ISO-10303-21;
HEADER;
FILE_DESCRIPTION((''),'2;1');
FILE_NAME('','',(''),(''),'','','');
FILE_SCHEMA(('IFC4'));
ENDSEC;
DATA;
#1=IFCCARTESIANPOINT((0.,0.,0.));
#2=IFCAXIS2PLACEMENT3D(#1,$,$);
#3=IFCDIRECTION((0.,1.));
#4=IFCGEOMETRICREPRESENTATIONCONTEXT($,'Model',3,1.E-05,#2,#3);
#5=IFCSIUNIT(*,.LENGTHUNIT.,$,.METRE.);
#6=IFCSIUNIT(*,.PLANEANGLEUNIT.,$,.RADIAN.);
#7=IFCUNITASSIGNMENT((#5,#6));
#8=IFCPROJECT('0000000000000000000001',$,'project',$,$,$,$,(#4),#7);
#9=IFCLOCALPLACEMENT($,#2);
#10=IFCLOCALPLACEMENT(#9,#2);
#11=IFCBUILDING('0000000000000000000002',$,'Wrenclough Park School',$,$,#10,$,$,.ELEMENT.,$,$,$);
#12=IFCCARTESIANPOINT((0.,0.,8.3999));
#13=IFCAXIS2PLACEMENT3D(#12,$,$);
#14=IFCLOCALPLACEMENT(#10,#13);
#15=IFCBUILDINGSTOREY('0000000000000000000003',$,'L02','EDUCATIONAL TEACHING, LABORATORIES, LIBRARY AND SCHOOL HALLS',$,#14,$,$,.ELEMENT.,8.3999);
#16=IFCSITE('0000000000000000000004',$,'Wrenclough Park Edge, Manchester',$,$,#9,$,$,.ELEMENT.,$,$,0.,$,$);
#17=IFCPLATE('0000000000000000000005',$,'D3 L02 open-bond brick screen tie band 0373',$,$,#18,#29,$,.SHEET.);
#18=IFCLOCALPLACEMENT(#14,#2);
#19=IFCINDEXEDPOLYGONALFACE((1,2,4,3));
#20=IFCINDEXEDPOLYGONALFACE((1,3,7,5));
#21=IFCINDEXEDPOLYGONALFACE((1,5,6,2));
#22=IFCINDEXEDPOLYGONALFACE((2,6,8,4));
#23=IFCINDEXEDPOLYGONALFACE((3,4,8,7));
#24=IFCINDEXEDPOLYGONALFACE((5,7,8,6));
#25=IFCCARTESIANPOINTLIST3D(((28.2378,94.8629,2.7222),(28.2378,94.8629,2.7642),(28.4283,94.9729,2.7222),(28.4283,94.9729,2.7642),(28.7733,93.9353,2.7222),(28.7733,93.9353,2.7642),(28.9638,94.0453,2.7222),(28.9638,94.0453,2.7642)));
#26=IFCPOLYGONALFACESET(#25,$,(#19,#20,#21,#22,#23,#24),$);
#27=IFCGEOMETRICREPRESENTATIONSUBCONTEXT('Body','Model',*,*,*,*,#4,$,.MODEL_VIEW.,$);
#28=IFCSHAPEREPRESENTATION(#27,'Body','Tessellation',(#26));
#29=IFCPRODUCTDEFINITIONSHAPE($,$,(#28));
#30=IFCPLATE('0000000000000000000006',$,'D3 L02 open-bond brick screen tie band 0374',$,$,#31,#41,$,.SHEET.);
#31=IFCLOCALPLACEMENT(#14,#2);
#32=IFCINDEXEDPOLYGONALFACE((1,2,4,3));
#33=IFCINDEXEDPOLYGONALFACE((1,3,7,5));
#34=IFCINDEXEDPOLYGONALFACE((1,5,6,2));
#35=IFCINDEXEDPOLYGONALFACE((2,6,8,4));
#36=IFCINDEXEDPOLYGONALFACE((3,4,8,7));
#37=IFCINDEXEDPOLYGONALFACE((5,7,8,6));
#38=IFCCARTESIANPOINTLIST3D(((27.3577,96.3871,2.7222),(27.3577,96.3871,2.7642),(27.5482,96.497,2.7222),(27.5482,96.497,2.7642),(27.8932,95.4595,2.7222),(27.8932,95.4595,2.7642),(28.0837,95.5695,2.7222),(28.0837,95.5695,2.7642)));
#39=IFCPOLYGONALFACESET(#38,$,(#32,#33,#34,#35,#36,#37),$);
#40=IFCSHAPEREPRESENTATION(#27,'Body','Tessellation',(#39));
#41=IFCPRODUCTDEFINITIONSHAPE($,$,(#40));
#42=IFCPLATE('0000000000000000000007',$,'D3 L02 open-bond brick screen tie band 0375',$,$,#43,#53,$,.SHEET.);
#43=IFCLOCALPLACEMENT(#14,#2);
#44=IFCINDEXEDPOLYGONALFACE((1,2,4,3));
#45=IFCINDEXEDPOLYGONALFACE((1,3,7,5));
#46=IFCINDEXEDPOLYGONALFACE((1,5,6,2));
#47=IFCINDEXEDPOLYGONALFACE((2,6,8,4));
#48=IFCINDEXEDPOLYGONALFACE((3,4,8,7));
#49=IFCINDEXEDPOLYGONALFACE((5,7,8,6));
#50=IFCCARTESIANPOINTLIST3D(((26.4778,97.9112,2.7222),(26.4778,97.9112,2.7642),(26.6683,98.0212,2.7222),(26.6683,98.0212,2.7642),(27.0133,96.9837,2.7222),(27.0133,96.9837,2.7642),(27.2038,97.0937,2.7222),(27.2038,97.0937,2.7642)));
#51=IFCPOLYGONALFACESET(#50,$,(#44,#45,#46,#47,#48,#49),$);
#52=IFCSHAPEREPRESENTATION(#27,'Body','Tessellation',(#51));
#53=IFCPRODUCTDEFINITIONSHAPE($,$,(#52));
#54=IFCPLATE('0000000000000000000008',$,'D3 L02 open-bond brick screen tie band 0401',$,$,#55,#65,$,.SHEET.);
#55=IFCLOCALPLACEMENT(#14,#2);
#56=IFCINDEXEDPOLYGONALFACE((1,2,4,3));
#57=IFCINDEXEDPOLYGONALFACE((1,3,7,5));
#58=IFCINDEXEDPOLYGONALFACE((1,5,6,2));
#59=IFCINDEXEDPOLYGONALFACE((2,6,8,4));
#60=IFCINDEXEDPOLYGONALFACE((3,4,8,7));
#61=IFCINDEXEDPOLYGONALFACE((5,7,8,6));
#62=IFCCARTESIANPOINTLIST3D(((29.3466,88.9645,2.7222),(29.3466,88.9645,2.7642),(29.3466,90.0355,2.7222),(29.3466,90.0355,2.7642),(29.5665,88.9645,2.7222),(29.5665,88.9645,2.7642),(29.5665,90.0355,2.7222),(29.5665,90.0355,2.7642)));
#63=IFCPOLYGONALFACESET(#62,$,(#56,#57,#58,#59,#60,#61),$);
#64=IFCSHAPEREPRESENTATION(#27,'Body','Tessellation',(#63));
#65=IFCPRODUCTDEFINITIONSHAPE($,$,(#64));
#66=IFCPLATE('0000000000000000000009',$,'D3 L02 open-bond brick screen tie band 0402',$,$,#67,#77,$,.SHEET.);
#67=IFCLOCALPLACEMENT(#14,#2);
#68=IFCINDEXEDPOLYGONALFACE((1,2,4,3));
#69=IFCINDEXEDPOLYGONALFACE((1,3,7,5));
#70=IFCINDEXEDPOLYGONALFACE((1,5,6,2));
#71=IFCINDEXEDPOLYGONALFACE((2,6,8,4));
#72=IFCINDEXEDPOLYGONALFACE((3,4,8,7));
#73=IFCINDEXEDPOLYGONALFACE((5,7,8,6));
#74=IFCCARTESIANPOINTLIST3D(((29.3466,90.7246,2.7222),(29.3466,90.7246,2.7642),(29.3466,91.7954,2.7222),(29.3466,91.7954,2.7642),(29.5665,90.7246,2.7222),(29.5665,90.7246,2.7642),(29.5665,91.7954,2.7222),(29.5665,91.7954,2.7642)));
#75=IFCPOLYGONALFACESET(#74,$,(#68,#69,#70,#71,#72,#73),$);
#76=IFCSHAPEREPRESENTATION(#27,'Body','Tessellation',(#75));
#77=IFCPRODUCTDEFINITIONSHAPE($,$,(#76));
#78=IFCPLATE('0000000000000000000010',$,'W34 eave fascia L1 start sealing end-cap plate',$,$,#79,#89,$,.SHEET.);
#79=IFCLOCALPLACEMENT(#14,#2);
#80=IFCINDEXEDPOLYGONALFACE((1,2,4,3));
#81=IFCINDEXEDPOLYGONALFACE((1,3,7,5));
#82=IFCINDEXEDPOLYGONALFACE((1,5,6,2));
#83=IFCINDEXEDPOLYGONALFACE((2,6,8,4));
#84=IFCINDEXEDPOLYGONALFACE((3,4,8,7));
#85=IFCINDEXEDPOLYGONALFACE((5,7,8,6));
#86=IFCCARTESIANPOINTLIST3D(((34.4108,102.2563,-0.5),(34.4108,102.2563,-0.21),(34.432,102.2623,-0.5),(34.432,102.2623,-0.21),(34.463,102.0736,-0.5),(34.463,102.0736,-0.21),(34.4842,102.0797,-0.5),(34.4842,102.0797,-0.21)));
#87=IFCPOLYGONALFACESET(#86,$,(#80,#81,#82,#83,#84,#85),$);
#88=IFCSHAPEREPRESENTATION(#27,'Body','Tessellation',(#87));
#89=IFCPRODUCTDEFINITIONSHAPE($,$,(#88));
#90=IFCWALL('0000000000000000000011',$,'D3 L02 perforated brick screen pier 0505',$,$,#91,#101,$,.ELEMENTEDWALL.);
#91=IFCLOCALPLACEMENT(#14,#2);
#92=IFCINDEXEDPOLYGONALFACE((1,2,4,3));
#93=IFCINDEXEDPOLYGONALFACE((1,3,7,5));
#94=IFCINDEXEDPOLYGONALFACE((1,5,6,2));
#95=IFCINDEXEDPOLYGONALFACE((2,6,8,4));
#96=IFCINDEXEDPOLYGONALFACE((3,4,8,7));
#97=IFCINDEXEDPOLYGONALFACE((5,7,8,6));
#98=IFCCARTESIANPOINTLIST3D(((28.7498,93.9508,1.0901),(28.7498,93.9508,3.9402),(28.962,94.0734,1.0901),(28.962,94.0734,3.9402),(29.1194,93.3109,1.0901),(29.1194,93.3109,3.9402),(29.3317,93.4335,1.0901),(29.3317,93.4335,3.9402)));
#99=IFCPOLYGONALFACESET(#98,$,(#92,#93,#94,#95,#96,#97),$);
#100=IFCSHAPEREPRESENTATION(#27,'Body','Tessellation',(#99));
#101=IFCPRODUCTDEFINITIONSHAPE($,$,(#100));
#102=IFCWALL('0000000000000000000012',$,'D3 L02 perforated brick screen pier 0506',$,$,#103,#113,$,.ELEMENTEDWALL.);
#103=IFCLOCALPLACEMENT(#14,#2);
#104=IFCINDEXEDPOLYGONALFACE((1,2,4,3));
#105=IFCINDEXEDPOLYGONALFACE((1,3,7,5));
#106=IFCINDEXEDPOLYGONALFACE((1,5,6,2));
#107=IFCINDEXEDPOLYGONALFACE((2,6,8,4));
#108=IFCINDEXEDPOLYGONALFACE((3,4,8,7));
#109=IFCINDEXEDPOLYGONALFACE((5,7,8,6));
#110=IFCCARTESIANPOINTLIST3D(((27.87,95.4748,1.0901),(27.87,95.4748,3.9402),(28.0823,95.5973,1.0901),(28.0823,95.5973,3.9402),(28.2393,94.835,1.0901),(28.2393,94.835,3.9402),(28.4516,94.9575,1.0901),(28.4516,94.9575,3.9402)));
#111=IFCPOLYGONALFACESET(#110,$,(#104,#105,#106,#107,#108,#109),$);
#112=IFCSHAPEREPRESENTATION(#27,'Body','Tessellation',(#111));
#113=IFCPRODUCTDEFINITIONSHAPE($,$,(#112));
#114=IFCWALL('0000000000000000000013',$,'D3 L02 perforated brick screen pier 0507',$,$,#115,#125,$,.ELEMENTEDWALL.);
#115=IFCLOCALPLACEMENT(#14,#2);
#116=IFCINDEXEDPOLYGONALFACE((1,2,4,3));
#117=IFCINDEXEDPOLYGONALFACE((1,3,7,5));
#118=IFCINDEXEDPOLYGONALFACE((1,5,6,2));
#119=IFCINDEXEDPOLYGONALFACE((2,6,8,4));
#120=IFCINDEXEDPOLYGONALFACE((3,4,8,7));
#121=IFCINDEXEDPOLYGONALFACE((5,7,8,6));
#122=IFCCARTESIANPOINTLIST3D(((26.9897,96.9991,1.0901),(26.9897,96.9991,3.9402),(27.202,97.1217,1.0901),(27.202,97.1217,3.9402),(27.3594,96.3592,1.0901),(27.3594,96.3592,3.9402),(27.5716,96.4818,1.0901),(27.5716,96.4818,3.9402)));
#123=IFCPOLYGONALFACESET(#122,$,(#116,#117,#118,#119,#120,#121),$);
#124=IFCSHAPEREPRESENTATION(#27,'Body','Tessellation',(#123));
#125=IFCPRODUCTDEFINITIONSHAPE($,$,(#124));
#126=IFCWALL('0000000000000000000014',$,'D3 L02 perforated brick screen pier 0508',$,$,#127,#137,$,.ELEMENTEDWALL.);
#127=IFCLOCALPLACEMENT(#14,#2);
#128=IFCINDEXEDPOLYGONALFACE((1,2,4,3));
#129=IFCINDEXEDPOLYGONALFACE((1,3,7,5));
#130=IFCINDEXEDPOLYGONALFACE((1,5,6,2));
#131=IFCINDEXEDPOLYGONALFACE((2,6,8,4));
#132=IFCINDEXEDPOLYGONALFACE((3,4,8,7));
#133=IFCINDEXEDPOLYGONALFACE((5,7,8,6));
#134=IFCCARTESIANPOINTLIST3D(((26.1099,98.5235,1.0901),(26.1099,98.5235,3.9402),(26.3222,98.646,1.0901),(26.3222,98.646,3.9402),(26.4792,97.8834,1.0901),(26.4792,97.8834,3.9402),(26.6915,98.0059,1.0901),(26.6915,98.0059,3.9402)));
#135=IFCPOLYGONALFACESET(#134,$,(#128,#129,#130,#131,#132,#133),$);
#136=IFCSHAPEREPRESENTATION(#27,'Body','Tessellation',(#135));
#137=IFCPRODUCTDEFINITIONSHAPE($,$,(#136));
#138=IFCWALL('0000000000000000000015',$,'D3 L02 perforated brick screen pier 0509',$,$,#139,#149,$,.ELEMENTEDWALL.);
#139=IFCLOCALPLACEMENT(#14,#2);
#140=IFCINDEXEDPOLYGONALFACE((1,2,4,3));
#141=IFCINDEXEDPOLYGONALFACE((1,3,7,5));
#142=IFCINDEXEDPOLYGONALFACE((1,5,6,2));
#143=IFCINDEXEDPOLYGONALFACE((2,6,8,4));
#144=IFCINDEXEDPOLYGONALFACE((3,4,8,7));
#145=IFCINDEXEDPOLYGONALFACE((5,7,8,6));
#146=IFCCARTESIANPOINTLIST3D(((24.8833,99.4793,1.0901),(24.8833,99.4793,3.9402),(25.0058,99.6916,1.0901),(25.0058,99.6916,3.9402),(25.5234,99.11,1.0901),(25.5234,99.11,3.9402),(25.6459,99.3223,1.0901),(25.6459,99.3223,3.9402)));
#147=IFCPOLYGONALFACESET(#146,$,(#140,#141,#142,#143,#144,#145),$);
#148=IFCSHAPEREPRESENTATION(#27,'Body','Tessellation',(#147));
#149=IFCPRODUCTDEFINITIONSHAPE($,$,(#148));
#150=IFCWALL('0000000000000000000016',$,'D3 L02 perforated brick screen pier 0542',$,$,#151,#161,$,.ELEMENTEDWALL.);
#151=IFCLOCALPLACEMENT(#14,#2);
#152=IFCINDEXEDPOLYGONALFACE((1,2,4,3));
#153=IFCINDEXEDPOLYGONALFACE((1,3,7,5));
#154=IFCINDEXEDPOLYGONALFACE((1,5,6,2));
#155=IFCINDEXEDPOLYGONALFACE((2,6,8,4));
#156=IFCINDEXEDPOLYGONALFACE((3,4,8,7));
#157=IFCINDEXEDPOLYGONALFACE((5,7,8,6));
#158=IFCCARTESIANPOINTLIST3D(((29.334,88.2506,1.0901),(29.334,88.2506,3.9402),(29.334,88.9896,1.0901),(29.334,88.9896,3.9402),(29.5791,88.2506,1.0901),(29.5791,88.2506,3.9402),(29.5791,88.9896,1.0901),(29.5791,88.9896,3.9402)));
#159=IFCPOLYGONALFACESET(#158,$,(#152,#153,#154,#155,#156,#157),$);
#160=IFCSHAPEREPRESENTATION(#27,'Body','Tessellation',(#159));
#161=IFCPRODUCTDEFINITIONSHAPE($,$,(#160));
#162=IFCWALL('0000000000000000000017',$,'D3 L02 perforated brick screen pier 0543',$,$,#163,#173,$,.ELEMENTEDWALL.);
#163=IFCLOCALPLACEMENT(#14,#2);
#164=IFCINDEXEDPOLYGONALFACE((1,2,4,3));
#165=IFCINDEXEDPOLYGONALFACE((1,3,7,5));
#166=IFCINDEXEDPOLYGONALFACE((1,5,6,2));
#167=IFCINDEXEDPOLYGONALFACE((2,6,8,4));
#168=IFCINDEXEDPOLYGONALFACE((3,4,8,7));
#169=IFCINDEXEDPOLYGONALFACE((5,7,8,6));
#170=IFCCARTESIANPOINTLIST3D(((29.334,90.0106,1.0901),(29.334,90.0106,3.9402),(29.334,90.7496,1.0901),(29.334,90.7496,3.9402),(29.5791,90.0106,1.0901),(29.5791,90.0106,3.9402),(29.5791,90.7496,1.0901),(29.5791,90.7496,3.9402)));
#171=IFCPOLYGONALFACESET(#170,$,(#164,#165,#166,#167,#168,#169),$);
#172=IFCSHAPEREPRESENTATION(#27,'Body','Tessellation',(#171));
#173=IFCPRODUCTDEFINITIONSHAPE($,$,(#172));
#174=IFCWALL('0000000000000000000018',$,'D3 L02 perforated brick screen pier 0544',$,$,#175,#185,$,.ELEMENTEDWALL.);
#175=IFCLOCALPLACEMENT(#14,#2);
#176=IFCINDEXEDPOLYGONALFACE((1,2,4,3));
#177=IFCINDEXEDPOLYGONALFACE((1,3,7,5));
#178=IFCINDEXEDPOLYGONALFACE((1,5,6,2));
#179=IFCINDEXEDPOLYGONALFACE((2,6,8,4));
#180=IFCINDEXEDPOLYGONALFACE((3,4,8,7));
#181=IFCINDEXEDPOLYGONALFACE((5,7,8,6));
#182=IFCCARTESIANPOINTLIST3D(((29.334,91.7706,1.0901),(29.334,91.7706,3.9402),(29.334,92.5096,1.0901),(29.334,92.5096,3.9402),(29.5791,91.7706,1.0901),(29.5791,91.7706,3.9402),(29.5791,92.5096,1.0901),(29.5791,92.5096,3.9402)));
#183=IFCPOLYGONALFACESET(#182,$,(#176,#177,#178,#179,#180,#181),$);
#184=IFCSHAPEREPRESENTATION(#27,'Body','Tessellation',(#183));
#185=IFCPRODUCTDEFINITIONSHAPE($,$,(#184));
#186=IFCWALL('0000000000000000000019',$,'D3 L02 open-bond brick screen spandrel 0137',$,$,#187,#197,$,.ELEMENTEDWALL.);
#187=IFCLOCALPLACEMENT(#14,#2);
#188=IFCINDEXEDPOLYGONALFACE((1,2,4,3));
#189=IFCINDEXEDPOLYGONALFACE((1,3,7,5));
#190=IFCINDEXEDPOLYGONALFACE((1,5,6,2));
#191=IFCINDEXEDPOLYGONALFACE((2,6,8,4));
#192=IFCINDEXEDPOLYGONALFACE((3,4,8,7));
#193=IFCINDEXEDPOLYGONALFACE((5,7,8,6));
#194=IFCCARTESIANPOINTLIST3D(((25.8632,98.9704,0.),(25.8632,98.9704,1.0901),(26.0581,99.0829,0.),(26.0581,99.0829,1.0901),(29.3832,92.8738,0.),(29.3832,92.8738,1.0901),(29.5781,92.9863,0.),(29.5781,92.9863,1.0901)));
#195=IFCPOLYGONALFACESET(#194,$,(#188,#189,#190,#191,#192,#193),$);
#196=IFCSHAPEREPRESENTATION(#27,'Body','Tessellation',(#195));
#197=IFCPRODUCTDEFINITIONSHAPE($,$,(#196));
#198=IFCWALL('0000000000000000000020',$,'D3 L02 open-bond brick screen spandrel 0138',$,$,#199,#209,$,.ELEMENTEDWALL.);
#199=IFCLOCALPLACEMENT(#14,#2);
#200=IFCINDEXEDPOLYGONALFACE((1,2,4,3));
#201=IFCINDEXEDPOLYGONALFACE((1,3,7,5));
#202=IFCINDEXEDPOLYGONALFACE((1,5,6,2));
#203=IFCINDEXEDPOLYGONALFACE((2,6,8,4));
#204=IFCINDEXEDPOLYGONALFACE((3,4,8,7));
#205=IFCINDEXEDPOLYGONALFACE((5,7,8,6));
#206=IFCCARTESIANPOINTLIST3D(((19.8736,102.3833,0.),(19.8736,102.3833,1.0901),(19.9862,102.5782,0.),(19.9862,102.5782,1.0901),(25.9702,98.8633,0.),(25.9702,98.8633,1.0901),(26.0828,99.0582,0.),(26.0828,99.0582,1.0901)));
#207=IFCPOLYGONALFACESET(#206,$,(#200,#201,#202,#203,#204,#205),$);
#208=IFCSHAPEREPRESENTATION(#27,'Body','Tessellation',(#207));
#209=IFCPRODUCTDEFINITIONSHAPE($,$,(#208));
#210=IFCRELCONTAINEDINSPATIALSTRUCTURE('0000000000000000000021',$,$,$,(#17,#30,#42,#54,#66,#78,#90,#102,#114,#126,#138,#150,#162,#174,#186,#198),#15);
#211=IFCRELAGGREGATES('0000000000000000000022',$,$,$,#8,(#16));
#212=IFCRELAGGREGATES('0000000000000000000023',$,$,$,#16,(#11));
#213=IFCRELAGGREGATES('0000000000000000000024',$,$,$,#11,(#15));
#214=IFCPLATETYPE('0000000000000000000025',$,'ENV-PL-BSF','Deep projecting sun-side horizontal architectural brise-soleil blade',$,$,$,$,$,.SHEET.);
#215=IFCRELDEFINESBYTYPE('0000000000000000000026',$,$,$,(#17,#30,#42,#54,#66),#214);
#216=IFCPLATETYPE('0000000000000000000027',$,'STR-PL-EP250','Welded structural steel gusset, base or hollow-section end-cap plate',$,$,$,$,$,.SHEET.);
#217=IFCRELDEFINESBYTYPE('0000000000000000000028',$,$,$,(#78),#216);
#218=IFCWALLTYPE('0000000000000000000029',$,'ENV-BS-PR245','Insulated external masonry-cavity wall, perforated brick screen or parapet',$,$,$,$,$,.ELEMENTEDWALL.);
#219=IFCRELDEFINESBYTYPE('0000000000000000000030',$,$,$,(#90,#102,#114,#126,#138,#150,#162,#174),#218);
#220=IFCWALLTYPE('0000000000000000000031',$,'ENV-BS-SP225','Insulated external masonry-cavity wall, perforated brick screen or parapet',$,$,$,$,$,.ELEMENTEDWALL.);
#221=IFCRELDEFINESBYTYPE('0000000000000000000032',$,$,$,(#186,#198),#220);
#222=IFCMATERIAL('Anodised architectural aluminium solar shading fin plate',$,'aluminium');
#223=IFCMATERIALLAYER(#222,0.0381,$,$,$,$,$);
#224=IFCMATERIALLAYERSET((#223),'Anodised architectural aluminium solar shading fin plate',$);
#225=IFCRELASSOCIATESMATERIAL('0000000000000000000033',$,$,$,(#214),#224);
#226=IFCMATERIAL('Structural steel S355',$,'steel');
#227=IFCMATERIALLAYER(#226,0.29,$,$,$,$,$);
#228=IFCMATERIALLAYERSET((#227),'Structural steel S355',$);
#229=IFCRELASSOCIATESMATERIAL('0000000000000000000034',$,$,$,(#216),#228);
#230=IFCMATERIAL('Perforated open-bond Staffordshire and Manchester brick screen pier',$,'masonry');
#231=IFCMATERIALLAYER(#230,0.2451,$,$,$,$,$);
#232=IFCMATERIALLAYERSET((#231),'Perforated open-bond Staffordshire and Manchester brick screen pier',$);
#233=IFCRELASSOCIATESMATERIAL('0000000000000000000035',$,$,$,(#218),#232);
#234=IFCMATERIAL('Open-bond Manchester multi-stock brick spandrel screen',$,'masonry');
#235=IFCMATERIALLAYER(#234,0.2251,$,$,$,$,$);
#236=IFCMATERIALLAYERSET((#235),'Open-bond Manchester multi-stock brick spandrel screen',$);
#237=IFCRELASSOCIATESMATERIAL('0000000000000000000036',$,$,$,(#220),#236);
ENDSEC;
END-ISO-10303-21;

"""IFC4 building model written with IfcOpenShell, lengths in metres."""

from ifc_helpers import new_model, si_unit, direction, frame, frame_2d, origin, origin_2d, place, context, subcontext, project, spatial, rectangle, extrude, material, layer, layer_set, type_object, element, save


model = new_model("IFC4")

# Units and contexts
model_context = context("Model", 3, precision=1e-05, world=origin(), true_north=direction((0.0, 1.0)))
body_context = subcontext(model_context, "Body", "Model", "MODEL_VIEW")
ifc_project = project(units=[si_unit("LENGTHUNIT", "METRE"), si_unit("PLANEANGLEUNIT", "RADIAN")], contexts=[model_context])

# Site, building, storey
site_placement = place(None, origin())
site = spatial("IfcSite", under=ifc_project, at=site_placement, Name="Wrenclough Park Edge, Manchester", CompositionType="ELEMENT", RefElevation=0.0)
building_placement = place(site_placement, origin())
building = spatial("IfcBuilding", under=site, at=building_placement, Name="Wrenclough Park School", CompositionType="ELEMENT")
storey_placement = place(building_placement, frame((0.0, 0.0, 8.3999)))
storey = spatial("IfcBuildingStorey", under=building, at=storey_placement, Name="L02", Description="EDUCATIONAL TEACHING, LABORATORIES, LIBRARY AND SCHOOL HALLS", CompositionType="ELEMENT", Elevation=8.3999)

# Shared definitions
ifc_material_1 = material(Name="Structural steel S355", Category="steel")

# Plates
ifc_material_2 = material(Name="Anodised architectural aluminium solar shading fin plate", Category="aluminium")
ifc_layer_1 = layer(ifc_material_2, 0.0381)
ifc_layer_set_1 = layer_set([ifc_layer_1], Name="Anodised architectural aluminium solar shading fin plate")
plate_type_1 = type_object("IfcPlateType", Name="ENV-PL-BSF", Description="Deep projecting sun-side horizontal architectural brise-soleil blade", PredefinedType="SHEET", material=ifc_layer_set_1)
for number, where, z_axis, x_axis, name in (
    (1, (28.6008, 94.4541, 2.7222), (0.0, 0.0, 1.0), (-0.499991, 0.866031, 0.0), "D3 L02 open-bond brick screen tie band 0373"),
    (2, (27.7207, 95.9783, 2.7222), (0.0, 0.0, 1.0), (-0.499991, 0.866031, 0.0), "D3 L02 open-bond brick screen tie band 0374"),
    (3, (26.8408, 97.5024, 2.7222), (0.0, 0.0, 1.0), (-0.499991, 0.866031, 0.0), "D3 L02 open-bond brick screen tie band 0375"),
    (4, (29.4565, 89.5, 2.7222), (0.0, 0.0, 1.0), (0.0, 1.0, 0.0), "D3 L02 open-bond brick screen tie band 0401"),
):
    element("IfcPlate", number, at=place(storey_placement, frame(where, z_axis=z_axis, x_axis=x_axis)), inside=storey, type_object=plate_type_1, Name=name, PredefinedType="SHEET", context=body_context, shape_type="SweptSolid", body=[
        extrude(rectangle(XDim=1.071, YDim=0.22, at=origin_2d()), origin(), (0.0, 0.0, 1.0), 0.042),
    ])
plate_1_placement = place(storey_placement, frame((29.4565, 91.26, 2.7222), z_axis=(0.0, 0.0, 1.0), x_axis=(0.0, 1.0, 0.0)))
element("IfcPlate", 5, at=plate_1_placement, inside=storey, type_object=plate_type_1, Name="D3 L02 open-bond brick screen tie band 0402", PredefinedType="SHEET", context=body_context, shape_type="SweptSolid", body=[
    extrude(rectangle(XDim=1.0708, YDim=0.22, at=origin_2d()), origin(), (0.0, 0.0, 1.0), 0.042),
])
ifc_layer_2 = layer(ifc_material_1, 0.29)
ifc_layer_set_2 = layer_set([ifc_layer_2], Name="Structural steel S355")
plate_type_2 = type_object("IfcPlateType", Name="STR-PL-EP250", Description="Welded structural steel gusset, base or hollow-section end-cap plate", PredefinedType="SHEET", material=ifc_layer_set_2)
plate_2_placement = place(storey_placement, frame((34.4475, 102.168, -0.5), z_axis=(0.0, 0.0, 1.0), x_axis=(0.961502, 0.274798, 0.0)))
element("IfcPlate", 6, at=plate_2_placement, inside=storey, type_object=plate_type_2, Name="W34 eave fascia L1 start sealing end-cap plate", PredefinedType="SHEET", context=body_context, shape_type="SweptSolid", body=[
    extrude(rectangle(XDim=0.022, YDim=0.1899, at=origin_2d()), origin(), (0.0, 0.0, 1.0), 0.29),
])

# Walls
ifc_material_3 = material(Name="Perforated open-bond Staffordshire and Manchester brick screen pier", Category="masonry")
ifc_layer_3 = layer(ifc_material_3, 0.2451)
ifc_layer_set_3 = layer_set([ifc_layer_3], Name="Perforated open-bond Staffordshire and Manchester brick screen pier")
wall_type_1 = type_object("IfcWallType", Name="ENV-BS-PR245", Description="Insulated external masonry-cavity wall, perforated brick screen or parapet", PredefinedType="ELEMENTEDWALL", material=ifc_layer_set_3)
wall_1_placement = place(storey_placement, frame((29.2256, 93.3721, 1.0901), z_axis=(0.0, 0.0, 1.0), x_axis=(-0.50019, 0.865916, 0.0)))
element("IfcWall", 7, at=wall_1_placement, inside=storey, type_object=wall_type_1, Name="D3 L02 perforated brick screen pier 0505", PredefinedType="ELEMENTEDWALL", context=body_context, shape_type="SweptSolid", body=[
    extrude(rectangle(XDim=0.739, YDim=0.2451, at=frame_2d((0.3696, 0.0))), origin(), (0.0, 0.0, 1.0), 2.8501),
])
wall_2_placement = place(storey_placement, frame((28.3455, 94.8962, 1.0901), z_axis=(0.0, 0.0, 1.0), x_axis=(-0.499942, 0.866059, 0.0)))
element("IfcWall", 8, at=wall_2_placement, inside=storey, type_object=wall_type_1, Name="D3 L02 perforated brick screen pier 0506", PredefinedType="ELEMENTEDWALL", context=body_context, shape_type="SweptSolid", body=[
    extrude(rectangle(XDim=0.7388, YDim=0.2451, at=frame_2d((0.3694, 0.0))), origin(), (0.0, 0.0, 1.0), 2.8501),
])
for number, where, z_axis, x_axis, name in (
    (9, (27.4656, 96.4204, 1.0901), (0.0, 0.0, 1.0), (-0.50019, 0.865916, 0.0), "D3 L02 perforated brick screen pier 0507"),
    (10, (26.5854, 97.9446, 1.0901), (0.0, 0.0, 1.0), (-0.499799, 0.866142, 0.0), "D3 L02 perforated brick screen pier 0508"),
    (11, (25.5847, 99.2161, 1.0901), (0.0, 0.0, 1.0), (-0.866142, 0.499799, 0.0), "D3 L02 perforated brick screen pier 0509"),
    (12, (29.4565, 88.2505, 1.0901), (0.0, 0.0, 1.0), (0.0, 1.0, 0.0), "D3 L02 perforated brick screen pier 0542"),
    (13, (29.4565, 90.0105, 1.0901), (0.0, 0.0, 1.0), (0.0, 1.0, 0.0), "D3 L02 perforated brick screen pier 0543"),
    (14, (29.4565, 91.7705, 1.0901), (0.0, 0.0, 1.0), (0.0, 1.0, 0.0), "D3 L02 perforated brick screen pier 0544"),
):
    element("IfcWall", number, at=place(storey_placement, frame(where, z_axis=z_axis, x_axis=x_axis)), inside=storey, type_object=wall_type_1, Name=name, PredefinedType="ELEMENTEDWALL", context=body_context, shape_type="SweptSolid", body=[
        extrude(rectangle(XDim=0.739, YDim=0.2451, at=frame_2d((0.3696, 0.0))), origin(), (0.0, 0.0, 1.0), 2.8501),
    ])
ifc_material_4 = material(Name="Open-bond Manchester multi-stock brick spandrel screen", Category="masonry")
ifc_layer_4 = layer(ifc_material_4, 0.2251)
ifc_layer_set_4 = layer_set([ifc_layer_4], Name="Open-bond Manchester multi-stock brick spandrel screen")
wall_type_2 = type_object("IfcWallType", Name="ENV-BS-SP225", Description="Insulated external masonry-cavity wall, perforated brick screen or parapet", PredefinedType="ELEMENTEDWALL", material=ifc_layer_set_4)
for number, where, z_axis, x_axis, name in (
    (15, (29.4807, 92.9299, 0.0), (0.0, 0.0, 1.0), (-0.500011, 0.866019, 0.0), "D3 L02 open-bond brick screen spandrel 0137"),
    (16, (26.0266, 98.9607, 0.0), (0.0, 0.0, 1.0), (-0.866019, 0.500011, 0.0), "D3 L02 open-bond brick screen spandrel 0138"),
):
    element("IfcWall", number, at=place(storey_placement, frame(where, z_axis=z_axis, x_axis=x_axis)), inside=storey, type_object=wall_type_2, Name=name, PredefinedType="ELEMENTEDWALL", context=body_context, shape_type="SweptSolid", body=[
        extrude(rectangle(XDim=7.0398, YDim=0.2251, at=frame_2d((3.52, 0.0))), origin(), (0.0, 0.0, 1.0), 1.0901),
    ])

save(model, "model.ifc")
